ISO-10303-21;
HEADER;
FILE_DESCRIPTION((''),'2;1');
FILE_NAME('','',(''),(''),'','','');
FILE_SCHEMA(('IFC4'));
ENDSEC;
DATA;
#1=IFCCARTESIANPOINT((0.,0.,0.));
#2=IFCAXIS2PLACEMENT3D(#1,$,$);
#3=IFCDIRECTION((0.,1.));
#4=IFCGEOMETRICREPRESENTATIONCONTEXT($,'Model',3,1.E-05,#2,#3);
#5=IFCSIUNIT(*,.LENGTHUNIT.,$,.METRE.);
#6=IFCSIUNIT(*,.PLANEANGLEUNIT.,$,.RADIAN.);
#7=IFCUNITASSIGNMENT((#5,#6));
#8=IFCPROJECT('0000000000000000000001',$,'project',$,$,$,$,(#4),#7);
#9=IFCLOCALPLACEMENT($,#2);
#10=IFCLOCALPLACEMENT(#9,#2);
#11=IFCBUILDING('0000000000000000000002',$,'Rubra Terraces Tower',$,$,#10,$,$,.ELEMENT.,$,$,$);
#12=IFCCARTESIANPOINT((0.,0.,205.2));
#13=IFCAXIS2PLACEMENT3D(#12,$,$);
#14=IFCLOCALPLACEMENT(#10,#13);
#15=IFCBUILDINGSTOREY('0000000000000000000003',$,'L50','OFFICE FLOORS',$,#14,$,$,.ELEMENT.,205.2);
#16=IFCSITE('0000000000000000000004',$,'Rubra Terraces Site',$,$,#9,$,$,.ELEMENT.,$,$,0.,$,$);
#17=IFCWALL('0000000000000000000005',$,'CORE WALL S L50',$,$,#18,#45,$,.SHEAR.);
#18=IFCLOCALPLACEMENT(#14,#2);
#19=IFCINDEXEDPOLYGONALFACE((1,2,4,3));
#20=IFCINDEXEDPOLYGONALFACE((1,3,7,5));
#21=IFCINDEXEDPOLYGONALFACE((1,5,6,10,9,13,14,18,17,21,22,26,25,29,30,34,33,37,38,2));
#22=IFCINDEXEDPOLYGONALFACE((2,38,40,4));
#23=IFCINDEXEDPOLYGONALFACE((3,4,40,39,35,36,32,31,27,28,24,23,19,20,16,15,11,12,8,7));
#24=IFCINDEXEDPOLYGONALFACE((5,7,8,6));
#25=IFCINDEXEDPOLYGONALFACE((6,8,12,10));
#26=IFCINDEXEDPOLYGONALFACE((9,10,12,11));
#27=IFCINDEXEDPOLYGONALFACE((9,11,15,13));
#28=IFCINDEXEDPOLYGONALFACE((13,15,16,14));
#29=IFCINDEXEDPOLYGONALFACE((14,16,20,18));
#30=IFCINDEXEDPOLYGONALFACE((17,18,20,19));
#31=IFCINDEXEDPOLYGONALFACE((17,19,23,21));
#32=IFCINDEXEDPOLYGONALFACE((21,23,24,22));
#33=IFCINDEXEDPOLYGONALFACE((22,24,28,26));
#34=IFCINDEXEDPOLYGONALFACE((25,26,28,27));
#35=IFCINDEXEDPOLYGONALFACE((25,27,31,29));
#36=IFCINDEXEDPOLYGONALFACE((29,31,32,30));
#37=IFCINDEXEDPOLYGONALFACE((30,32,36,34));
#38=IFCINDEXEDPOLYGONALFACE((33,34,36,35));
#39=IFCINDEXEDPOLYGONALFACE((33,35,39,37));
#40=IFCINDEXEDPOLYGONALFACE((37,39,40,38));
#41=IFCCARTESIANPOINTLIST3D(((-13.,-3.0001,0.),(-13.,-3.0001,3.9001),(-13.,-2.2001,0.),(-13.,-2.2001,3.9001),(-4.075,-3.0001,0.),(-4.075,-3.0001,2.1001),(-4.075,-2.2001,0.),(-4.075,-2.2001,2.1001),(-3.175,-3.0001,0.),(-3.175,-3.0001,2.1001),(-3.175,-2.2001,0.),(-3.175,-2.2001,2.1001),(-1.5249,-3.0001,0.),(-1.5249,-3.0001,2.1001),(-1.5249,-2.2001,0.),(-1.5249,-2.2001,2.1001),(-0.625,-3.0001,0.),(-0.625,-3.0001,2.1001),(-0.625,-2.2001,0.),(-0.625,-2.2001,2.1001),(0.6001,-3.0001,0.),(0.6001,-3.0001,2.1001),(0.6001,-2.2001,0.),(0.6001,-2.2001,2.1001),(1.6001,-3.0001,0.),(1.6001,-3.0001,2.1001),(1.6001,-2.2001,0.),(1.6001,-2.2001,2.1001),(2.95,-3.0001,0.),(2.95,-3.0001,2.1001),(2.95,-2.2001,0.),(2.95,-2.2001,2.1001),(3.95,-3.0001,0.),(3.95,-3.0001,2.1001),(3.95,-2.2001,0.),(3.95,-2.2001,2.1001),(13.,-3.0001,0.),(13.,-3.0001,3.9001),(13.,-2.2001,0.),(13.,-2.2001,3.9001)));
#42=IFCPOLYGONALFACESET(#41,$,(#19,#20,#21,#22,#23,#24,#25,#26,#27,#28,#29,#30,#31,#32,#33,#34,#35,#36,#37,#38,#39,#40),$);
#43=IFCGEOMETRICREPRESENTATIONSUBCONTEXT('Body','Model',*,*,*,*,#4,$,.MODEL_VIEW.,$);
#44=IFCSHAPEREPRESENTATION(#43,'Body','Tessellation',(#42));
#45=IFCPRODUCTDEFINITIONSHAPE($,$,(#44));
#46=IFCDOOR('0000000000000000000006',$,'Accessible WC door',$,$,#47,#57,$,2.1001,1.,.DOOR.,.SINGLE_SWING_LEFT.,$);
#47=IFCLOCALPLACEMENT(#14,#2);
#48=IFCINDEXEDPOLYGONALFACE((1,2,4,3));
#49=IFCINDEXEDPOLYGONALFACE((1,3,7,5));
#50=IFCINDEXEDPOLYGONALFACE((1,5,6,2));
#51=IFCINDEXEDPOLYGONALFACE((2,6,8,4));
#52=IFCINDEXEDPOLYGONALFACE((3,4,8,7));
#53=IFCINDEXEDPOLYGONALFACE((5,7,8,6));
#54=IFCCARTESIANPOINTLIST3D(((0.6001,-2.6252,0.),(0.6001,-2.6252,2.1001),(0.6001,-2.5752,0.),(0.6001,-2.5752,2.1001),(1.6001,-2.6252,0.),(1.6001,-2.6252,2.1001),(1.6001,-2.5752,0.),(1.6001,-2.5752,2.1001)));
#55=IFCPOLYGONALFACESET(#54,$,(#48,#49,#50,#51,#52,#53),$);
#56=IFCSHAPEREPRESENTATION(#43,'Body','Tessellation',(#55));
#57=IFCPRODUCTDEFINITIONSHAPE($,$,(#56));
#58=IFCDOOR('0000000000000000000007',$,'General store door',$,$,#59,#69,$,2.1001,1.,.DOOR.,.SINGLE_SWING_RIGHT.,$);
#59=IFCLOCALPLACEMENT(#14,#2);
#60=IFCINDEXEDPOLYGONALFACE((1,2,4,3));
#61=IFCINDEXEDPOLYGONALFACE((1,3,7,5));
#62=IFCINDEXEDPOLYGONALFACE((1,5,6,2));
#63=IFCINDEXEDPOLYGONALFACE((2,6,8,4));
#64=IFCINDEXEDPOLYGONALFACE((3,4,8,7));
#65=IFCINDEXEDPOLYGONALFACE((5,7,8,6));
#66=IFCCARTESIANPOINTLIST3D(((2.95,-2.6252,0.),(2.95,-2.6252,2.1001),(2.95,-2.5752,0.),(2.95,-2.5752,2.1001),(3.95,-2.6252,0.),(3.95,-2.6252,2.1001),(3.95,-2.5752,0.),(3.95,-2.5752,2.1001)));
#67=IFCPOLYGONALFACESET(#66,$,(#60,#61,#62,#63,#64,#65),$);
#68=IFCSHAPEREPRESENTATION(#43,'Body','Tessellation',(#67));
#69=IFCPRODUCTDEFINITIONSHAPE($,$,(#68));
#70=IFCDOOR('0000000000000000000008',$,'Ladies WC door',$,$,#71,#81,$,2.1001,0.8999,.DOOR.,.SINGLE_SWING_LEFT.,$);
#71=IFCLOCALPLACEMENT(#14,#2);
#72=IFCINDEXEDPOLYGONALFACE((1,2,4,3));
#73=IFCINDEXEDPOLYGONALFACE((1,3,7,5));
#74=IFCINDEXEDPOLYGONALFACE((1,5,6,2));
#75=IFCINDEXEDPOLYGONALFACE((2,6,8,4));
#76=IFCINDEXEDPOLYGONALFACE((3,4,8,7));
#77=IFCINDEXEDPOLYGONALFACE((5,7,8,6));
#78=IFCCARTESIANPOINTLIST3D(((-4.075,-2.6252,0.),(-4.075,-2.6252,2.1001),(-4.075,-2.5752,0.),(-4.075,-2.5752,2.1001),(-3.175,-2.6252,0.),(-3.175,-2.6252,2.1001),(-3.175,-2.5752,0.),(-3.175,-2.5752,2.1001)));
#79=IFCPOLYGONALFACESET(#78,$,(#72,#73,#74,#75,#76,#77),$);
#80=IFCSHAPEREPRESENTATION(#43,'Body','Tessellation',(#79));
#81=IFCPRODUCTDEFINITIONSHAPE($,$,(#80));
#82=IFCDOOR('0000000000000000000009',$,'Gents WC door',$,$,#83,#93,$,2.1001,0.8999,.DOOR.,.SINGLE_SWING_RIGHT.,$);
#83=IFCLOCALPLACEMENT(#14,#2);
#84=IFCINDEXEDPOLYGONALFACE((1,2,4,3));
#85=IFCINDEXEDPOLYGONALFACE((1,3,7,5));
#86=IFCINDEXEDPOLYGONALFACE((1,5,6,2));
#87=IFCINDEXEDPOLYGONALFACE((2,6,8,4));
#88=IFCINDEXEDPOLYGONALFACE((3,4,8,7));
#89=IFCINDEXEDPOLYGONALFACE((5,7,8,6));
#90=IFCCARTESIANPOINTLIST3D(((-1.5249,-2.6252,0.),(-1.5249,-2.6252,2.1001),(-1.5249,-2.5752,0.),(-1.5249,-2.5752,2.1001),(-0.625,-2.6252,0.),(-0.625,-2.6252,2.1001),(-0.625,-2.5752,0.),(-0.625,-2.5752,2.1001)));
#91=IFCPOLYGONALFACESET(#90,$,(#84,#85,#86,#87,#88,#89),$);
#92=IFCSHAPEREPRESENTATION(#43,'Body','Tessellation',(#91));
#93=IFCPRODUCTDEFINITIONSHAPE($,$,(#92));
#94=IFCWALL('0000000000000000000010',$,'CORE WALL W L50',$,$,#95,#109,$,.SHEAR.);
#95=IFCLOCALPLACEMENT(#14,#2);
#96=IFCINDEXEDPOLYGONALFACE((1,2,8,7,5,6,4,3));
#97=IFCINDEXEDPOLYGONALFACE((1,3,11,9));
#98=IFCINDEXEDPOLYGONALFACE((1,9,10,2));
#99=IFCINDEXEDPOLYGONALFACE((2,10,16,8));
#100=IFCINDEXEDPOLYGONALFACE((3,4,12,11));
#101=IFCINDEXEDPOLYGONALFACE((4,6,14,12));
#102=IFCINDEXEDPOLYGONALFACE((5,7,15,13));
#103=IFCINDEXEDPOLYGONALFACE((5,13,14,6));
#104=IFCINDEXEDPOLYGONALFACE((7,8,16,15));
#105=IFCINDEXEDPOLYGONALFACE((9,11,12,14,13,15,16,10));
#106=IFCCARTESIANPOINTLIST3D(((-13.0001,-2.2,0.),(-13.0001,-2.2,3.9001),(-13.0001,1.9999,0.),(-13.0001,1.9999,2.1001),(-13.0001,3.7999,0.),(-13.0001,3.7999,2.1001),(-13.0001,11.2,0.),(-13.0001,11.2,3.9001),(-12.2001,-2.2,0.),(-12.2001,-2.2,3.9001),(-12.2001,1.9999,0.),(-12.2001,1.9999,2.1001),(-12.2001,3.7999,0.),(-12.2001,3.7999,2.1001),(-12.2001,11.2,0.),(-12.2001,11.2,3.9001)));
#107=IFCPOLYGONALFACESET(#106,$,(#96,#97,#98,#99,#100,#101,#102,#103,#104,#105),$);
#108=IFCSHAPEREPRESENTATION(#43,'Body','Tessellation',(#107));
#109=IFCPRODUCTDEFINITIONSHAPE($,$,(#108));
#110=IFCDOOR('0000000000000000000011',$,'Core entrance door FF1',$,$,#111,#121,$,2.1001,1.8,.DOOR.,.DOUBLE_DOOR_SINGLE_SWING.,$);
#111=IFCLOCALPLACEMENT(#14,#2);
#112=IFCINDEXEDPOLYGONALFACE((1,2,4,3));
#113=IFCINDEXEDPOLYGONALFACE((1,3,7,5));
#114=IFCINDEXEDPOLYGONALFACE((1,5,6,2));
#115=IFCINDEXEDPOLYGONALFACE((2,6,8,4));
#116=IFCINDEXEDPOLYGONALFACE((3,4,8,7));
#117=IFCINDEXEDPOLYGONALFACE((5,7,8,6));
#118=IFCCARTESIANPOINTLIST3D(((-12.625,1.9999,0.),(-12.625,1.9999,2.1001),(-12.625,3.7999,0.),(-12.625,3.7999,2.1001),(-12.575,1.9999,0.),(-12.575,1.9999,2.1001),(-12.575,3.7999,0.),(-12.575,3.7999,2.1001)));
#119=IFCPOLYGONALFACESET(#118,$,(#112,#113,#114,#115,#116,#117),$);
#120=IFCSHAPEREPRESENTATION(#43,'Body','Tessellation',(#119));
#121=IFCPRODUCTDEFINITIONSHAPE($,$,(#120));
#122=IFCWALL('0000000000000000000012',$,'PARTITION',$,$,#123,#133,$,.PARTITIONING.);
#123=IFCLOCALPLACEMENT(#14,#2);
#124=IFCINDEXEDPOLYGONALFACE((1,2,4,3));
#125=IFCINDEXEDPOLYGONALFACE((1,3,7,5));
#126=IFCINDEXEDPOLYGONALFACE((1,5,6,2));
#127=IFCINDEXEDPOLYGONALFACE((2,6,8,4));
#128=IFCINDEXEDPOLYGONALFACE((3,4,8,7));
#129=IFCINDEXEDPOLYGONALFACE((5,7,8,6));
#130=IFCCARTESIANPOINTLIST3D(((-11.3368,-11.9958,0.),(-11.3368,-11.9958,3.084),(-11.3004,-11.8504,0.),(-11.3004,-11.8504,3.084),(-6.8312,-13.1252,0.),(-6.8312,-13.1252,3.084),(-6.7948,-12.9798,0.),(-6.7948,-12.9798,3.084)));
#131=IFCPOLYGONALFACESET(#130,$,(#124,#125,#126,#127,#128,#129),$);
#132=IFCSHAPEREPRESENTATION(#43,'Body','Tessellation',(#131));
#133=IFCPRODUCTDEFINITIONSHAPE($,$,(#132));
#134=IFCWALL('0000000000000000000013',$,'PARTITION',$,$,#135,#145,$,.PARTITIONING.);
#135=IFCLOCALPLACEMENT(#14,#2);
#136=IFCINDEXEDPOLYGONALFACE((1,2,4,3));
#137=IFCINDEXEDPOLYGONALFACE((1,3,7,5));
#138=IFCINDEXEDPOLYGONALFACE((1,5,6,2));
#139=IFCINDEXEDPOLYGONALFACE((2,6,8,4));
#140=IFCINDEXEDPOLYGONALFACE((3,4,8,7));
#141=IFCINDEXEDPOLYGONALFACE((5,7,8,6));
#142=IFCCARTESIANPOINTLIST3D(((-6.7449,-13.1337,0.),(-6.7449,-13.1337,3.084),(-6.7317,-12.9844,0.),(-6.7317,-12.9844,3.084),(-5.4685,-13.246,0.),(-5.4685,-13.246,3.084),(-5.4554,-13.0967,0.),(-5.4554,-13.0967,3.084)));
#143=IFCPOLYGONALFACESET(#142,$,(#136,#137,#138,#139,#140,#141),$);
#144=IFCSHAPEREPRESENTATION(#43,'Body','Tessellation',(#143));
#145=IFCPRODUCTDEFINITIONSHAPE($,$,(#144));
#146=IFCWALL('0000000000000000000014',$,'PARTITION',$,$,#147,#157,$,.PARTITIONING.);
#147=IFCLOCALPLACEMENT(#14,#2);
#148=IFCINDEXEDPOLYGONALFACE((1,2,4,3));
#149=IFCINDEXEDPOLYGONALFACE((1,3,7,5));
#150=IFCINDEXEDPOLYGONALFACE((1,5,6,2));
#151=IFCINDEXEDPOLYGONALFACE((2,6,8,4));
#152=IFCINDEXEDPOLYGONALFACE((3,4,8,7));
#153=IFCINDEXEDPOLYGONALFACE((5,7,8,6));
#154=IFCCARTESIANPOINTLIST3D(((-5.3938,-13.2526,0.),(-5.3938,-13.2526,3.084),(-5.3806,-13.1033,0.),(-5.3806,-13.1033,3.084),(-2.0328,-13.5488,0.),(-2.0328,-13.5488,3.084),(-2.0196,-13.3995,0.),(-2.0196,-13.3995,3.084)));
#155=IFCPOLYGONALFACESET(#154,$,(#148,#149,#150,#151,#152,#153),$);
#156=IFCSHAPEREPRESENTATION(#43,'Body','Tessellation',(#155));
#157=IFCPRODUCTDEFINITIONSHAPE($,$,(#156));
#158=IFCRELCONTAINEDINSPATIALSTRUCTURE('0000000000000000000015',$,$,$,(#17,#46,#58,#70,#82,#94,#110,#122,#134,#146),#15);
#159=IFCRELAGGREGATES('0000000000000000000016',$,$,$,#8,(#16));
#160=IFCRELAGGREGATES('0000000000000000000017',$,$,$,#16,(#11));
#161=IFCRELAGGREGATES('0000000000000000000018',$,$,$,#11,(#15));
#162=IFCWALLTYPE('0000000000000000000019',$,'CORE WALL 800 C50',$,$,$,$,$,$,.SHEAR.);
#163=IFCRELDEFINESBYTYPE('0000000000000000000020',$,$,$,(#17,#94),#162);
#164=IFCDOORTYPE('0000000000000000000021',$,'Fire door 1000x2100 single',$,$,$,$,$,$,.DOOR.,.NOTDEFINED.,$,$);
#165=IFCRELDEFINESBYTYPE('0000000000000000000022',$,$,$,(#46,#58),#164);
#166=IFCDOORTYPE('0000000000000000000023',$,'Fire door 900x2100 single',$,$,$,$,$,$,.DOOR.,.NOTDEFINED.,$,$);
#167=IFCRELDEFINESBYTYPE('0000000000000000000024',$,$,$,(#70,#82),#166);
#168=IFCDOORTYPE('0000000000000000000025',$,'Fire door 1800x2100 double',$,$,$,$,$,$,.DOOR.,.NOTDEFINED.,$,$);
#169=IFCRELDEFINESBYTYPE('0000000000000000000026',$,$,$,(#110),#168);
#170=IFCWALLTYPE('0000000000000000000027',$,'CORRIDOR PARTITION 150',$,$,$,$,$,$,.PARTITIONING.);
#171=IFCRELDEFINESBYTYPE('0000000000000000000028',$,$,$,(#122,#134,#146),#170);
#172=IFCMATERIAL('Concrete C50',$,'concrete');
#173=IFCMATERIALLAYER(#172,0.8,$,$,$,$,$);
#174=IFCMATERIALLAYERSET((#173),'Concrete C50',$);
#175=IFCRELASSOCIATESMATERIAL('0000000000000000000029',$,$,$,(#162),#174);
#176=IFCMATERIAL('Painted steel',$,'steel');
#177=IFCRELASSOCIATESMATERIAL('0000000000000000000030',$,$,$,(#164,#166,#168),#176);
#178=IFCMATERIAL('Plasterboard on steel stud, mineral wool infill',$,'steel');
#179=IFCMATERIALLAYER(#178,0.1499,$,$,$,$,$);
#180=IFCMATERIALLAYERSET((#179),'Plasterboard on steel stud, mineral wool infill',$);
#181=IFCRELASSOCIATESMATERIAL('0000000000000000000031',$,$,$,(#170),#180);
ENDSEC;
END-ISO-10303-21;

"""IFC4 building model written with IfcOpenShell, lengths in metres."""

from ifc_helpers import new_model, si_unit, direction, frame, frame_2d, origin, place, context, subcontext, project, spatial, rectangle, extrude, material, layer, layer_set, type_object, element, fill, save


model = new_model("IFC4")

# Units and contexts
model_context = context("Model", 3, precision=1e-05, world=origin(), true_north=direction((0.0, 1.0)))
body_context = subcontext(model_context, "Body", "Model", "MODEL_VIEW")
ifc_project = project(units=[si_unit("LENGTHUNIT", "METRE"), si_unit("PLANEANGLEUNIT", "RADIAN")], contexts=[model_context])

# Site, building, storey
site_placement = place(None, origin())
site = spatial("IfcSite", under=ifc_project, at=site_placement, Name="Rubra Terraces Site", CompositionType="ELEMENT", RefElevation=0.0)
building_placement = place(site_placement, origin())
building = spatial("IfcBuilding", under=site, at=building_placement, Name="Rubra Terraces Tower", CompositionType="ELEMENT")
storey_placement = place(building_placement, frame((0.0, 0.0, 205.2)))
storey = spatial("IfcBuildingStorey", under=building, at=storey_placement, Name="L50", Description="OFFICE FLOORS", CompositionType="ELEMENT", Elevation=205.2)

# Wall, openings, doors
ifc_material_1 = material(Name="Concrete C50", Category="concrete")
ifc_layer_1 = layer(ifc_material_1, 0.8)
ifc_layer_set_1 = layer_set([ifc_layer_1], Name="Concrete C50")
wall_type_1 = type_object("IfcWallType", Name="CORE WALL 800 C50", PredefinedType="SHEAR", material=ifc_layer_set_1)
wall_1_placement = place(storey_placement, frame((-13.0, -2.6001, 0.0), z_axis=(0.0, 0.0, 1.0), x_axis=(1.0, 0.0, 0.0)))
wall_1 = element("IfcWall", 1, at=wall_1_placement, inside=storey, type_object=wall_type_1, Name="CORE WALL S L50", PredefinedType="SHEAR", context=body_context, shape_type="SweptSolid", body=[
    extrude(rectangle(XDim=26.0, YDim=0.8, at=frame_2d((13.0, 0.0))), origin(), (0.0, 0.0, 1.0), 3.9001),
])
opening_1_placement = place(wall_1_placement, frame((8.925, 0.0, 0.0)))
opening_1 = element("IfcOpeningElement", 2, at=opening_1_placement, cuts=wall_1, PredefinedType="OPENING", context=body_context, shape_type="SweptSolid", body=[
    extrude(rectangle(XDim=0.8999, YDim=2.1001, at=frame_2d((0.45, 1.05))), frame((0.0, 0.4099, 0.0), z_axis=(0.0, -1.0, 0.0), x_axis=(1.0, 0.0, 0.0)), (0.0, 0.0, 1.0), 0.8201),
])
opening_2_placement = place(wall_1_placement, frame((11.4751, 0.0, 0.0)))
opening_2 = element("IfcOpeningElement", 3, at=opening_2_placement, cuts=wall_1, PredefinedType="OPENING", context=body_context, shape_type="SweptSolid", body=[
    extrude(rectangle(XDim=0.8999, YDim=2.1001, at=frame_2d((0.45, 1.05))), frame((0.0, 0.4099, 0.0), z_axis=(0.0, -1.0, 0.0), x_axis=(1.0, 0.0, 0.0)), (0.0, 0.0, 1.0), 0.8201),
])
opening_3_placement = place(wall_1_placement, frame((13.6001, 0.0, 0.0)))
opening_3 = element("IfcOpeningElement", 4, at=opening_3_placement, cuts=wall_1, PredefinedType="OPENING", context=body_context, shape_type="SweptSolid", body=[
    extrude(rectangle(XDim=1.0, YDim=2.1001, at=frame_2d((0.5, 1.05))), frame((0.0, 0.4099, 0.0), z_axis=(0.0, -1.0, 0.0), x_axis=(1.0, 0.0, 0.0)), (0.0, 0.0, 1.0), 0.8201),
])
opening_4_placement = place(wall_1_placement, frame((15.95, 0.0, 0.0)))
opening_4 = element("IfcOpeningElement", 5, at=opening_4_placement, cuts=wall_1, PredefinedType="OPENING", context=body_context, shape_type="SweptSolid", body=[
    extrude(rectangle(XDim=1.0, YDim=2.1001, at=frame_2d((0.5, 1.05))), frame((0.0, 0.4099, 0.0), z_axis=(0.0, -1.0, 0.0), x_axis=(1.0, 0.0, 0.0)), (0.0, 0.0, 1.0), 0.8201),
])
ifc_material_2 = material(Name="Painted steel", Category="steel")
door_type_1 = type_object("IfcDoorType", Name="Fire door 1000x2100 single", OperationType="NOTDEFINED", PredefinedType="DOOR", material=ifc_material_2)
door_1_placement = place(opening_3_placement, origin())
door_1 = element("IfcDoor", 6, at=door_1_placement, inside=storey, type_object=door_type_1, Name="Accessible WC door", OperationType="SINGLE_SWING_LEFT", OverallHeight=2.1001, OverallWidth=1.0, PredefinedType="DOOR", context=body_context, shape_type="SweptSolid", body=[
    extrude(rectangle(XDim=1.0, YDim=2.1001, at=frame_2d((0.5, 1.05))), frame((0.0, 0.0249, 0.0), z_axis=(0.0, -1.0, 0.0), x_axis=(1.0, 0.0, 0.0)), (0.0, 0.0, 1.0), 0.05),
])
fill(opening_3, door_1)
door_2_placement = place(opening_4_placement, origin())
door_2 = element("IfcDoor", 7, at=door_2_placement, inside=storey, type_object=door_type_1, Name="General store door", OperationType="SINGLE_SWING_RIGHT", OverallHeight=2.1001, OverallWidth=1.0, PredefinedType="DOOR", context=body_context, shape_type="SweptSolid", body=[
    extrude(rectangle(XDim=1.0, YDim=2.1001, at=frame_2d((0.5, 1.05))), frame((0.0, 0.0249, 0.0), z_axis=(0.0, -1.0, 0.0), x_axis=(1.0, 0.0, 0.0)), (0.0, 0.0, 1.0), 0.05),
])
fill(opening_4, door_2)
door_type_2 = type_object("IfcDoorType", Name="Fire door 900x2100 single", OperationType="NOTDEFINED", PredefinedType="DOOR", material=ifc_material_2)
door_3_placement = place(opening_1_placement, origin())
door_3 = element("IfcDoor", 8, at=door_3_placement, inside=storey, type_object=door_type_2, Name="Ladies WC door", OperationType="SINGLE_SWING_LEFT", OverallHeight=2.1001, OverallWidth=0.8999, PredefinedType="DOOR", context=body_context, shape_type="SweptSolid", body=[
    extrude(rectangle(XDim=0.8999, YDim=2.1001, at=frame_2d((0.45, 1.05))), frame((0.0, 0.0249, 0.0), z_axis=(0.0, -1.0, 0.0), x_axis=(1.0, 0.0, 0.0)), (0.0, 0.0, 1.0), 0.05),
])
fill(opening_1, door_3)
door_4_placement = place(opening_2_placement, origin())
door_4 = element("IfcDoor", 9, at=door_4_placement, inside=storey, type_object=door_type_2, Name="Gents WC door", OperationType="SINGLE_SWING_RIGHT", OverallHeight=2.1001, OverallWidth=0.8999, PredefinedType="DOOR", context=body_context, shape_type="SweptSolid", body=[
    extrude(rectangle(XDim=0.8999, YDim=2.1001, at=frame_2d((0.45, 1.05))), frame((0.0, 0.0249, 0.0), z_axis=(0.0, -1.0, 0.0), x_axis=(1.0, 0.0, 0.0)), (0.0, 0.0, 1.0), 0.05),
])
fill(opening_2, door_4)

# Wall, opening, door
wall_2_placement = place(storey_placement, frame((-12.6001, -2.2, 0.0), z_axis=(0.0, 0.0, 1.0), x_axis=(0.0, 1.0, 0.0)))
wall_2 = element("IfcWall", 10, at=wall_2_placement, inside=storey, type_object=wall_type_1, Name="CORE WALL W L50", PredefinedType="SHEAR", context=body_context, shape_type="SweptSolid", body=[
    extrude(rectangle(XDim=13.3999, YDim=0.8, at=frame_2d((6.7, 0.0))), origin(), (0.0, 0.0, 1.0), 3.9001),
])
opening_5_placement = place(wall_2_placement, frame((4.2, 0.0, 0.0)))
opening_5 = element("IfcOpeningElement", 11, at=opening_5_placement, cuts=wall_2, PredefinedType="OPENING", context=body_context, shape_type="SweptSolid", body=[
    extrude(rectangle(XDim=1.8, YDim=2.1001, at=frame_2d((0.8999, 1.05))), frame((0.0, 0.4099, 0.0), z_axis=(0.0, -1.0, 0.0), x_axis=(1.0, 0.0, 0.0)), (0.0, 0.0, 1.0), 0.8201),
])
door_type_3 = type_object("IfcDoorType", Name="Fire door 1800x2100 double", OperationType="NOTDEFINED", PredefinedType="DOOR", material=ifc_material_2)
door_5_placement = place(opening_5_placement, origin())
door_5 = element("IfcDoor", 12, at=door_5_placement, inside=storey, type_object=door_type_3, Name="Core entrance door FF1", OperationType="DOUBLE_DOOR_SINGLE_SWING", OverallHeight=2.1001, OverallWidth=1.8, PredefinedType="DOOR", context=body_context, shape_type="SweptSolid", body=[
    extrude(rectangle(XDim=1.8, YDim=2.1001, at=frame_2d((0.8999, 1.05))), frame((0.0, 0.0249, 0.0), z_axis=(0.0, -1.0, 0.0), x_axis=(1.0, 0.0, 0.0)), (0.0, 0.0, 1.0), 0.05),
])
fill(opening_5, door_5)

# Walls
ifc_material_3 = material(Name="Plasterboard on steel stud, mineral wool infill", Category="steel")
ifc_layer_2 = layer(ifc_material_3, 0.1499)
ifc_layer_set_2 = layer_set([ifc_layer_2], Name="Plasterboard on steel stud, mineral wool infill")
wall_type_2 = type_object("IfcWallType", Name="CORRIDOR PARTITION 150", PredefinedType="PARTITIONING", material=ifc_layer_set_2)
wall_3_placement = place(storey_placement, frame((-11.3186, -11.9231, 0.0), z_axis=(0.0, 0.0, 1.0), x_axis=(0.969991, -0.243142, 0.0)))
element("IfcWall", 13, at=wall_3_placement, inside=storey, type_object=wall_type_2, Name="PARTITION", PredefinedType="PARTITIONING", context=body_context, shape_type="SweptSolid", body=[
    extrude(rectangle(XDim=4.645, YDim=0.1499, at=frame_2d((2.3225, 0.0))), origin(), (0.0, 0.0, 1.0), 3.084),
])
wall_4_placement = place(storey_placement, frame((-6.7383, -13.0591, 0.0), z_axis=(0.0, 0.0, 1.0), x_axis=(0.996151, -0.087649, 0.0)))
element("IfcWall", 14, at=wall_4_placement, inside=storey, type_object=wall_type_2, Name="PARTITION", PredefinedType="PARTITIONING", context=body_context, shape_type="SweptSolid", body=[
    extrude(rectangle(XDim=1.2812, YDim=0.1499, at=frame_2d((0.6406, 0.0))), origin(), (0.0, 0.0, 1.0), 3.084),
])
wall_5_placement = place(storey_placement, frame((-5.3872, -13.178, 0.0), z_axis=(0.0, 0.0, 1.0), x_axis=(0.996141, -0.087769, 0.0)))
element("IfcWall", 15, at=wall_5_placement, inside=storey, type_object=wall_type_2, Name="PARTITION", PredefinedType="PARTITIONING", context=body_context, shape_type="SweptSolid", body=[
    extrude(rectangle(XDim=3.374, YDim=0.1499, at=frame_2d((1.687, 0.0))), origin(), (0.0, 0.0, 1.0), 3.084),
])

save(model, "model.ifc")
